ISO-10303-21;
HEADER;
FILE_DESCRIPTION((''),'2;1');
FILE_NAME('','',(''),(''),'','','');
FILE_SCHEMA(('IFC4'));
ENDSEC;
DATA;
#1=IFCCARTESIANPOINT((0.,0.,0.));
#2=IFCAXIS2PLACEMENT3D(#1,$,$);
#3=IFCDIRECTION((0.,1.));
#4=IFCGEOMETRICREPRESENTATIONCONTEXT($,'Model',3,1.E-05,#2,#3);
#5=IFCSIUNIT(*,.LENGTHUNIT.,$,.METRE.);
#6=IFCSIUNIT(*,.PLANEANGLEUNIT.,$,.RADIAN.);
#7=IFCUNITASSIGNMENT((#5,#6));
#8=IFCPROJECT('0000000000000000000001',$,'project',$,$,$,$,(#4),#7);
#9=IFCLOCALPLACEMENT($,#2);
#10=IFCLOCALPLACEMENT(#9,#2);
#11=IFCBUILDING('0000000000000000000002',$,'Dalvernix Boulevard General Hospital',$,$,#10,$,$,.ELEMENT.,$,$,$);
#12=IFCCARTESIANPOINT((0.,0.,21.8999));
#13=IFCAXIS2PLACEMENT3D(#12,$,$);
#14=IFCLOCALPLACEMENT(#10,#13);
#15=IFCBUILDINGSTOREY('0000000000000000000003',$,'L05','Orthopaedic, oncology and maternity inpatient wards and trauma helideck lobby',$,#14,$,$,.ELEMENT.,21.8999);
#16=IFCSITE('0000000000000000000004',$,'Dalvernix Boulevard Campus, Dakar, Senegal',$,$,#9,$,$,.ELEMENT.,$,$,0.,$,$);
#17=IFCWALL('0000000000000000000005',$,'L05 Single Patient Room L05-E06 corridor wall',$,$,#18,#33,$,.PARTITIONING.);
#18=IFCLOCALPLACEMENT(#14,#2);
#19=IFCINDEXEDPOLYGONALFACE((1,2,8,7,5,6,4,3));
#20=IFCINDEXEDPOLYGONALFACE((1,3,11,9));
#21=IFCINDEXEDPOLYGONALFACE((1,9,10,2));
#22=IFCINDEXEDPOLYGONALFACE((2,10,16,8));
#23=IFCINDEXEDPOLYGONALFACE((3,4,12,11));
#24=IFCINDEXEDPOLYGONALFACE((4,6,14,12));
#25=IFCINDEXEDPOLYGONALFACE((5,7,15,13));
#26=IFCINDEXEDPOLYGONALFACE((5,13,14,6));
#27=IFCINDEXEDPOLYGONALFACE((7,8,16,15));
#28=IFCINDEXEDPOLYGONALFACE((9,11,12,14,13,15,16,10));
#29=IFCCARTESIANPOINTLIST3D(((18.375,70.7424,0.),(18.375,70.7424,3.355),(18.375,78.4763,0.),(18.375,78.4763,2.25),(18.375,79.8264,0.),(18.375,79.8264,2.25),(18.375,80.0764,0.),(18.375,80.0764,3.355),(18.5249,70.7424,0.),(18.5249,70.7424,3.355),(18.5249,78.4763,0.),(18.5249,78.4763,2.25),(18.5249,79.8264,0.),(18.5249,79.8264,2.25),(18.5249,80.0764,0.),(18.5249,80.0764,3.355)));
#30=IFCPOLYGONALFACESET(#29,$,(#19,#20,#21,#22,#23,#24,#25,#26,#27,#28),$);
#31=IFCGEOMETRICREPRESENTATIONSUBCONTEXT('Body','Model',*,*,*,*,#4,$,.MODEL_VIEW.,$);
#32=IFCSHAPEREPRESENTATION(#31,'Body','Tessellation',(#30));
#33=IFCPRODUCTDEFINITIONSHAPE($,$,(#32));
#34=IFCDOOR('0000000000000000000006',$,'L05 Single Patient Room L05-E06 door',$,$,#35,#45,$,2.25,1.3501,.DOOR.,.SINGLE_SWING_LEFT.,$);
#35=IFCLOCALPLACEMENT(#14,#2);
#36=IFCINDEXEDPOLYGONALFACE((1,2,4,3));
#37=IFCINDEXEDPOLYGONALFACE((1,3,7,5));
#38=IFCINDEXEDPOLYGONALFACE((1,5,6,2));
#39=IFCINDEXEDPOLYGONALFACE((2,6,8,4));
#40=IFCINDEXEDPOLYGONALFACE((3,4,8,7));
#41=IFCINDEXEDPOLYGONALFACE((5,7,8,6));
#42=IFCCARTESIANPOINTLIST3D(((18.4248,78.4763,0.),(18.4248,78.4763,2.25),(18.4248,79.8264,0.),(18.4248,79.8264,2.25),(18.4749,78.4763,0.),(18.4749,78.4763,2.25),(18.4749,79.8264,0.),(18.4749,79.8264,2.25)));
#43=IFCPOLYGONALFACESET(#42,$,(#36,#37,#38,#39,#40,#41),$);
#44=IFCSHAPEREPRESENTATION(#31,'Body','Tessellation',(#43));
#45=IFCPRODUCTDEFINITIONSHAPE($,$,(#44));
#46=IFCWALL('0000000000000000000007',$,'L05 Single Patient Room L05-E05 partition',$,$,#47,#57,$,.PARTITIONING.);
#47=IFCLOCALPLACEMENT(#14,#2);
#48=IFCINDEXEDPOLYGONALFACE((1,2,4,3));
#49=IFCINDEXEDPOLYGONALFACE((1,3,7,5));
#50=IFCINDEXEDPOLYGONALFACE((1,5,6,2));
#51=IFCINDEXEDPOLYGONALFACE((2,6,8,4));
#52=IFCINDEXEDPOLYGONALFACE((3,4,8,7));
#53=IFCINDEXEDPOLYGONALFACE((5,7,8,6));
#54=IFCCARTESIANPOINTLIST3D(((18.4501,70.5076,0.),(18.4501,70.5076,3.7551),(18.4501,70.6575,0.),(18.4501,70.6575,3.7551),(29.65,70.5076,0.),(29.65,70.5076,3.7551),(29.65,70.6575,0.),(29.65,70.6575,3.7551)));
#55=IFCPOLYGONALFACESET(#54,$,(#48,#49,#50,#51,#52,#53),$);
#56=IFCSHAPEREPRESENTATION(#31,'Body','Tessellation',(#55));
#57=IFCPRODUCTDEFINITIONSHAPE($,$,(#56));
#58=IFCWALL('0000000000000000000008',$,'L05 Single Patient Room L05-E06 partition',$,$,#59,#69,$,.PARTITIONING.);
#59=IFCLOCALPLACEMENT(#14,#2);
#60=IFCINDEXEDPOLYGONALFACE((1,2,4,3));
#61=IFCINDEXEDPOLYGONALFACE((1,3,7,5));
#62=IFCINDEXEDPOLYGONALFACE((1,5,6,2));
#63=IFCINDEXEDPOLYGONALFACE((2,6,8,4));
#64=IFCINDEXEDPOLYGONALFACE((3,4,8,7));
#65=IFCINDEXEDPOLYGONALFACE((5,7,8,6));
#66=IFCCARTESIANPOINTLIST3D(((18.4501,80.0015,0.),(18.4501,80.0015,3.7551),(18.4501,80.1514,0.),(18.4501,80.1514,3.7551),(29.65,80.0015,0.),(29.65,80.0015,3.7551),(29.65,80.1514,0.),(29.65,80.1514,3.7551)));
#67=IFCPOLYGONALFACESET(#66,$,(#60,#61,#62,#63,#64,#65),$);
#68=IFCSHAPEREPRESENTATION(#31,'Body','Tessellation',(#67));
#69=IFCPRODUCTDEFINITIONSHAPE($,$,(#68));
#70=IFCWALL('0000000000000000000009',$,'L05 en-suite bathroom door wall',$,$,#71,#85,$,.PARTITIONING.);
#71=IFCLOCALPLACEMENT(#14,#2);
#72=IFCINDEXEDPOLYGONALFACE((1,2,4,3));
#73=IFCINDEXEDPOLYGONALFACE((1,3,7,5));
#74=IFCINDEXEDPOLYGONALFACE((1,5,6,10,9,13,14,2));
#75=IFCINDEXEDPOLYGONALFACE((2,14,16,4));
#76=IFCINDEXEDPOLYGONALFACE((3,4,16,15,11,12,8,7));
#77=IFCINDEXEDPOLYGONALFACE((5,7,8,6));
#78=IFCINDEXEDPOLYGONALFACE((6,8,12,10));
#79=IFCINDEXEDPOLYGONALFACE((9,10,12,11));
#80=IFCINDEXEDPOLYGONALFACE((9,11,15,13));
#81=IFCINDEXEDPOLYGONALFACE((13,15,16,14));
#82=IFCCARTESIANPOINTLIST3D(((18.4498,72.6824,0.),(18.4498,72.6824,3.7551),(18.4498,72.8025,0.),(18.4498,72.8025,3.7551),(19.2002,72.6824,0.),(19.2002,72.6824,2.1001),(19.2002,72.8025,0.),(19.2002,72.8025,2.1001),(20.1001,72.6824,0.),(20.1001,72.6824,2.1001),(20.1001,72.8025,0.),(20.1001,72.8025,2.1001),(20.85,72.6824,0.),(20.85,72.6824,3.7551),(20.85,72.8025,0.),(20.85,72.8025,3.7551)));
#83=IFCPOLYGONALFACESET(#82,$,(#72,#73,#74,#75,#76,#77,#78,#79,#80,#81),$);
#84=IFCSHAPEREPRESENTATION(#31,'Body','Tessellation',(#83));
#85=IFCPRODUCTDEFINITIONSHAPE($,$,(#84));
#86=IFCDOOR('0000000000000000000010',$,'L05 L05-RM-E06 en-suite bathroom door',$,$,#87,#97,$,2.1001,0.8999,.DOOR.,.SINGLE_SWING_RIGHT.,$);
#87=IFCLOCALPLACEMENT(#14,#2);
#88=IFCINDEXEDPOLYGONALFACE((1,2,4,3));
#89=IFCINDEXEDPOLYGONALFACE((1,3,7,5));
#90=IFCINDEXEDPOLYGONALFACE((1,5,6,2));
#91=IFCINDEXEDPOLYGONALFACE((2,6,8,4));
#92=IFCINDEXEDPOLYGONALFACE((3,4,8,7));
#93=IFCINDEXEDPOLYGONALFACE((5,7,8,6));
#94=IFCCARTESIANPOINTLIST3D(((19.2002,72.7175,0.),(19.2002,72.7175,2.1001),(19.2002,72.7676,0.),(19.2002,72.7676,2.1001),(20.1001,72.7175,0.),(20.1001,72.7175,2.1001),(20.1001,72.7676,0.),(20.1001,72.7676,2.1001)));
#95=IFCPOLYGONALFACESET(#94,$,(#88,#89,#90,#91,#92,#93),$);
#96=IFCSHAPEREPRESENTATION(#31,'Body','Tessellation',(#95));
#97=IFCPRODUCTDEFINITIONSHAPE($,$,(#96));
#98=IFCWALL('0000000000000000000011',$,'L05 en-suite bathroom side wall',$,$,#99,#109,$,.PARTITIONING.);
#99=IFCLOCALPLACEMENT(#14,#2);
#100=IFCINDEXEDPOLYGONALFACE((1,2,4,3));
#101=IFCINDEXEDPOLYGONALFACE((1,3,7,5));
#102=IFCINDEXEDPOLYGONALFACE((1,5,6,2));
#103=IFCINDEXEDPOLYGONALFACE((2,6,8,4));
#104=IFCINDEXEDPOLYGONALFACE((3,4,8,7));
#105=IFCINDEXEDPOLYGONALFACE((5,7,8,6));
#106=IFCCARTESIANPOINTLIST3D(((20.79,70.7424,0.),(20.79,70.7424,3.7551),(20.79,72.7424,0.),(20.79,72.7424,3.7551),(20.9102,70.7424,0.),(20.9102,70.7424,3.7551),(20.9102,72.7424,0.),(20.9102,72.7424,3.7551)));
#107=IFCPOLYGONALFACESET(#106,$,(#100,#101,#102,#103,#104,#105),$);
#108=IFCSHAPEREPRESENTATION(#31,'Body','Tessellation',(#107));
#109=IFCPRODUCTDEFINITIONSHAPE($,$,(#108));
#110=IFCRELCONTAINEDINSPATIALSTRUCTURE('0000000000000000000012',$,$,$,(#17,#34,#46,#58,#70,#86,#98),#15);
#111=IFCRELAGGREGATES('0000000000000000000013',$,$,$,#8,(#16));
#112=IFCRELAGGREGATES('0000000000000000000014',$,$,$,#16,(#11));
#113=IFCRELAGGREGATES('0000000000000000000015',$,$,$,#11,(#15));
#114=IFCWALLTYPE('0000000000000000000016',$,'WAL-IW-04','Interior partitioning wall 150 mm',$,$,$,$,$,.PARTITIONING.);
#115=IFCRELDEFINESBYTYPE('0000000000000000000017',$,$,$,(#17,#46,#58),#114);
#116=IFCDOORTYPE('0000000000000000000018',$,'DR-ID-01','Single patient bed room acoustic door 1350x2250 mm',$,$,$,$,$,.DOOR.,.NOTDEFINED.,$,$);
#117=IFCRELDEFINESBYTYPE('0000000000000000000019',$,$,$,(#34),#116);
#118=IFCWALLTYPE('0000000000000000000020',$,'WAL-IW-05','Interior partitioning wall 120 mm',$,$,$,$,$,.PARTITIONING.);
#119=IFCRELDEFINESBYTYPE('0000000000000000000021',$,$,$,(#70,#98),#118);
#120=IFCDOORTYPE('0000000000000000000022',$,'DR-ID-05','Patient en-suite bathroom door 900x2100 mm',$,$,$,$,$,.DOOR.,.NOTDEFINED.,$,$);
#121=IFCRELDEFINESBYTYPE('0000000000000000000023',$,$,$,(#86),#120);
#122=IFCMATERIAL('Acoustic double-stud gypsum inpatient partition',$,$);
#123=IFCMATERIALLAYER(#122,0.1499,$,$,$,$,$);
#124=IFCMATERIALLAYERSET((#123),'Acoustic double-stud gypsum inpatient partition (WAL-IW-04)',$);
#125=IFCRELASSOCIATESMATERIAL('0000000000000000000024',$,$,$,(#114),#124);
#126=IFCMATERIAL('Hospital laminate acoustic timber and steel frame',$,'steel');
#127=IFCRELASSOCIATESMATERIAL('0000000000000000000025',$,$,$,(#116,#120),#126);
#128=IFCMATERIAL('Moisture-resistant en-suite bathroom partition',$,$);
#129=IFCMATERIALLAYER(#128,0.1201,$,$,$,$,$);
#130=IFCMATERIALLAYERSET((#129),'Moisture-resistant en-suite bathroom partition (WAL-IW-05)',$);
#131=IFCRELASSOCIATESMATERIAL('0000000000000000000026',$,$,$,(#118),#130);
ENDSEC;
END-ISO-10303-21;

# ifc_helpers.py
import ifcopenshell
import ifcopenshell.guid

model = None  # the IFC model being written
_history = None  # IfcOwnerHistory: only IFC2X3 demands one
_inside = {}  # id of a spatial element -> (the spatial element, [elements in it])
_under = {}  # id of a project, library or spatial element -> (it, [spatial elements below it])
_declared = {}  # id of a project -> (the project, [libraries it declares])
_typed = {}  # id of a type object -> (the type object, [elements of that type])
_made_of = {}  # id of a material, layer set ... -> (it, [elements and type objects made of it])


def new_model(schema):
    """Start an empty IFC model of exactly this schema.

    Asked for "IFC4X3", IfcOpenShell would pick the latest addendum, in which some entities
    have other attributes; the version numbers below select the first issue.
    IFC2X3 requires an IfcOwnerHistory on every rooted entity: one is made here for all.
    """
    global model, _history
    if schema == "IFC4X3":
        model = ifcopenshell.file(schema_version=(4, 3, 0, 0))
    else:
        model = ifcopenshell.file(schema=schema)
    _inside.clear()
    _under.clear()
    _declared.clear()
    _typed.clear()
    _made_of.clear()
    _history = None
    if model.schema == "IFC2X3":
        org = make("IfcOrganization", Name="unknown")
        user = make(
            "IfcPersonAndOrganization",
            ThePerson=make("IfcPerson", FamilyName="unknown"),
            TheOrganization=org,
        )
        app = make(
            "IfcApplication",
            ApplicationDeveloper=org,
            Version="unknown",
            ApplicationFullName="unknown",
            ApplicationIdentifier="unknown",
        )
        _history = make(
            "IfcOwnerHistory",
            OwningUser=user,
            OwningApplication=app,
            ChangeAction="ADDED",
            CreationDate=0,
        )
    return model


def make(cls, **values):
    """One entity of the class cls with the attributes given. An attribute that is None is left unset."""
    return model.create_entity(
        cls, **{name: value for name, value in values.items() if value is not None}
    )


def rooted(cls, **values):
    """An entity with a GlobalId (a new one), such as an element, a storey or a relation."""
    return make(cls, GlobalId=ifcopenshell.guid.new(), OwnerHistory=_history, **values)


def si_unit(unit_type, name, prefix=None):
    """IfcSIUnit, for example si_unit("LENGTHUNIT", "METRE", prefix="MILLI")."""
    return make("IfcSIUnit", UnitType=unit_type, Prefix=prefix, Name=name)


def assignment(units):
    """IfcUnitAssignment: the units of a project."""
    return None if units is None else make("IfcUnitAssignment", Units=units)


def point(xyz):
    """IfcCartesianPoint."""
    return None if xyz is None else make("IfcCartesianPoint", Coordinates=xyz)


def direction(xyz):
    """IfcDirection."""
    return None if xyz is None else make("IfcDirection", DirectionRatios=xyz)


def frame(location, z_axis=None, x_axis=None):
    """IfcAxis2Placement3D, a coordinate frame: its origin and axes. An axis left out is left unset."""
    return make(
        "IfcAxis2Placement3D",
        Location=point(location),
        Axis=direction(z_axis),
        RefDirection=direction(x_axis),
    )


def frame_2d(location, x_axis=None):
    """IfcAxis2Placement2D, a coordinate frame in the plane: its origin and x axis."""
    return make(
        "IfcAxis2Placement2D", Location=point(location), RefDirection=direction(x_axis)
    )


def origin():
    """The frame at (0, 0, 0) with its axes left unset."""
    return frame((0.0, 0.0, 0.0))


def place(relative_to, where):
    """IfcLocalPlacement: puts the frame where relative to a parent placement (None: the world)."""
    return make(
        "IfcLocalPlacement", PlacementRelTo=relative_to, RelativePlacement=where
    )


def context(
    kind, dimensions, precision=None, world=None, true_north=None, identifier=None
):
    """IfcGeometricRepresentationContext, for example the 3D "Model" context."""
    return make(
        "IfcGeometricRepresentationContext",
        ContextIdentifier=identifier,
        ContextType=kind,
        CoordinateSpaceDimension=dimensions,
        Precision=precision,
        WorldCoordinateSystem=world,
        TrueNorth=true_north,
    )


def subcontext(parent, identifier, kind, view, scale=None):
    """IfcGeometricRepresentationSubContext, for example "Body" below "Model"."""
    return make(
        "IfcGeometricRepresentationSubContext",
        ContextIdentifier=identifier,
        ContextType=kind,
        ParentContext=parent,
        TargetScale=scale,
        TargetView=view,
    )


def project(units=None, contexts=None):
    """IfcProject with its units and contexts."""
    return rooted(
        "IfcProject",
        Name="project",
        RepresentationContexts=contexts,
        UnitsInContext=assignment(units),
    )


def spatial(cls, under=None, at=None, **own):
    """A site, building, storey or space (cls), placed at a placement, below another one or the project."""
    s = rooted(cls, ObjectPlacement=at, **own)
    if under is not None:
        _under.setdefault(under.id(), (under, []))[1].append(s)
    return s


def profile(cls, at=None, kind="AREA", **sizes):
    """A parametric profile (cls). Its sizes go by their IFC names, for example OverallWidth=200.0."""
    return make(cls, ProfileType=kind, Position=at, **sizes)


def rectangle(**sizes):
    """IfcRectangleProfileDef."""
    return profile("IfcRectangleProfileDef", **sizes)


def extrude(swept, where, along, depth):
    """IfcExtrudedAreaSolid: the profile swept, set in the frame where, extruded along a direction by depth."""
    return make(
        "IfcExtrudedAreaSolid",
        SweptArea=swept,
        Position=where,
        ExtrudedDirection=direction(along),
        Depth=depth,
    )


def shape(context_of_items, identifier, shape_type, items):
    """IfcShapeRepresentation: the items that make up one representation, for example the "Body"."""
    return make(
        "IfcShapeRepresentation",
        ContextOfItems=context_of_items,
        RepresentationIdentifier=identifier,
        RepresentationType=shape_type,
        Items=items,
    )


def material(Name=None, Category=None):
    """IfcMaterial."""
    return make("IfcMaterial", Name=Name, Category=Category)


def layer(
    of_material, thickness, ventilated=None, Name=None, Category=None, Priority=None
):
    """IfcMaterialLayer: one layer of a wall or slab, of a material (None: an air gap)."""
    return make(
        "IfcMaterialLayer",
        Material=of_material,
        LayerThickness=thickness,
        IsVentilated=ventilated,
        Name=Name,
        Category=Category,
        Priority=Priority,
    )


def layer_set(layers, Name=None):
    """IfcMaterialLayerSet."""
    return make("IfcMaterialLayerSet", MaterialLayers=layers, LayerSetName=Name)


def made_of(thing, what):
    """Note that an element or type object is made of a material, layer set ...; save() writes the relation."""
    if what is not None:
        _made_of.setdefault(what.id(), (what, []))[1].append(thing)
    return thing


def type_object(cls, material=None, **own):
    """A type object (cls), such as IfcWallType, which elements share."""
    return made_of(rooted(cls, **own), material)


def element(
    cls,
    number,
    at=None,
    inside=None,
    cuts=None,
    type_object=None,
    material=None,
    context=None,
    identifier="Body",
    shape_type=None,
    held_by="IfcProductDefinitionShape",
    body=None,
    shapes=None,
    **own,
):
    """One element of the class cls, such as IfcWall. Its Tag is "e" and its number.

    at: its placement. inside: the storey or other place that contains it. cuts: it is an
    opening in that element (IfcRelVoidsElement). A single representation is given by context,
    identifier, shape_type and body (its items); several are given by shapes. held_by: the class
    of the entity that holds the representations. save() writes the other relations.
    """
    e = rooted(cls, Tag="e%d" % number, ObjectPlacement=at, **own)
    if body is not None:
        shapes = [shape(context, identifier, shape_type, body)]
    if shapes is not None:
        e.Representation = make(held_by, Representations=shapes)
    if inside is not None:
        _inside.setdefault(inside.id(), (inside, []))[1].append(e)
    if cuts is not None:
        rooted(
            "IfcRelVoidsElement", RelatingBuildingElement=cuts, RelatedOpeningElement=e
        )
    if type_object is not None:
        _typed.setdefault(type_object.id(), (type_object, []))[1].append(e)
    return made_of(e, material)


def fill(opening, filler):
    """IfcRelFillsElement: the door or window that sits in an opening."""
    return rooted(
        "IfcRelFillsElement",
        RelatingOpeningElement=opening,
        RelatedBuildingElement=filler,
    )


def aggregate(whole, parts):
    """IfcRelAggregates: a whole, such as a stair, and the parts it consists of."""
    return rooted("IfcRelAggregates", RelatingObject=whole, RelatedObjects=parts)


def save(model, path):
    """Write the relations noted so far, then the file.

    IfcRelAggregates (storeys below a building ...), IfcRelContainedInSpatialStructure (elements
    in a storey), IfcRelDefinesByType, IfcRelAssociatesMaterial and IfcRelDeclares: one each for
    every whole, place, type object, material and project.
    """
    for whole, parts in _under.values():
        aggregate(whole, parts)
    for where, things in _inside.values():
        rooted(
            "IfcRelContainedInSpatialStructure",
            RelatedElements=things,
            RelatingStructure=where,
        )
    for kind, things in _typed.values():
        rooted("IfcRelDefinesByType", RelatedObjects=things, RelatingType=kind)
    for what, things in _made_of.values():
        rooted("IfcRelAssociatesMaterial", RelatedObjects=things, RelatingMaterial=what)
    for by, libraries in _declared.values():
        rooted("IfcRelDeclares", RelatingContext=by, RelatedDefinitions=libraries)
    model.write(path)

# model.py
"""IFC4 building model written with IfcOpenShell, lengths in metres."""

from ifc_helpers import new_model, si_unit, direction, frame, frame_2d, origin, place, context, subcontext, project, spatial, rectangle, extrude, material, layer, layer_set, type_object, element, fill, save


model = new_model("IFC4")

# Units and contexts
model_context = context("Model", 3, precision=1e-05, world=origin(), true_north=direction((0.0, 1.0)))
body_context = subcontext(model_context, "Body", "Model", "MODEL_VIEW")
ifc_project = project(units=[si_unit("LENGTHUNIT", "METRE"), si_unit("PLANEANGLEUNIT", "RADIAN")], contexts=[model_context])

# Site, building, storey
site_placement = place(None, origin())
site = spatial("IfcSite", under=ifc_project, at=site_placement, Name="Dalvernix Boulevard Campus, Dakar, Senegal", CompositionType="ELEMENT", RefElevation=0.0)
building_placement = place(site_placement, origin())
building = spatial("IfcBuilding", under=site, at=building_placement, Name="Dalvernix Boulevard General Hospital", CompositionType="ELEMENT")
storey_placement = place(building_placement, frame((0.0, 0.0, 21.8999)))
storey = spatial("IfcBuildingStorey", under=building, at=storey_placement, Name="L05", Description="Orthopaedic, oncology and maternity inpatient wards and trauma helideck lobby", CompositionType="ELEMENT", Elevation=21.8999)

# Wall, opening, door
ifc_material_1 = material(Name="Acoustic double-stud gypsum inpatient partition")
ifc_layer_1 = layer(ifc_material_1, 0.1499)
ifc_layer_set_1 = layer_set([ifc_layer_1], Name="Acoustic double-stud gypsum inpatient partition (WAL-IW-04)")
wall_type_1 = type_object("IfcWallType", Name="WAL-IW-04", Description="Interior partitioning wall 150 mm", PredefinedType="PARTITIONING", material=ifc_layer_set_1)
ifc_material_2 = material(Name="Hospital laminate acoustic timber and steel frame", Category="steel")
door_type_1 = type_object("IfcDoorType", Name="DR-ID-01", Description="Single patient bed room acoustic door 1350x2250 mm", OperationType="NOTDEFINED", PredefinedType="DOOR", material=ifc_material_2)
wall_1_placement = place(storey_placement, frame((18.45, 80.0764, 0.0), z_axis=(0.0, 0.0, 1.0), x_axis=(0.0, -1.0, 0.0)))
wall_1 = element("IfcWall", 1, at=wall_1_placement, inside=storey, type_object=wall_type_1, Name="L05 Single Patient Room L05-E06 corridor wall", PredefinedType="PARTITIONING", context=body_context, shape_type="SweptSolid", body=[
    extrude(rectangle(XDim=9.334, YDim=0.1499, at=frame_2d((4.667, 0.0))), origin(), (0.0, 0.0, 1.0), 3.355),
])
opening_1_placement = place(wall_1_placement, frame((0.25, 0.0, 0.0)))
opening_1 = element("IfcOpeningElement", 2, at=opening_1_placement, cuts=wall_1, PredefinedType="OPENING", context=body_context, shape_type="SweptSolid", body=[
    extrude(rectangle(XDim=1.3501, YDim=2.25, at=frame_2d((0.675, 1.125))), frame((0.0, 0.085, 0.0), z_axis=(0.0, -1.0, 0.0), x_axis=(1.0, 0.0, 0.0)), (0.0, 0.0, 1.0), 0.1699),
])
door_1_placement = place(opening_1_placement, origin())
door_1 = element("IfcDoor", 3, at=door_1_placement, inside=storey, type_object=door_type_1, Name="L05 Single Patient Room L05-E06 door", OperationType="SINGLE_SWING_LEFT", OverallHeight=2.25, OverallWidth=1.3501, PredefinedType="DOOR", context=body_context, shape_type="SweptSolid", body=[
    extrude(rectangle(XDim=1.3501, YDim=2.25, at=frame_2d((0.675, 1.125))), frame((0.0, 0.0249, 0.0), z_axis=(0.0, -1.0, 0.0), x_axis=(1.0, 0.0, 0.0)), (0.0, 0.0, 1.0), 0.05),
])
fill(opening_1, door_1)

# Walls
for number, where, z_axis, x_axis, name in (
    (4, (18.45, 70.5825, 0.0), (0.0, 0.0, 1.0), (1.0, 0.0, 0.0), "L05 Single Patient Room L05-E05 partition"),
    (5, (18.45, 80.0764, 0.0), (0.0, 0.0, 1.0), (1.0, 0.0, 0.0), "L05 Single Patient Room L05-E06 partition"),
):
    element("IfcWall", number, at=place(storey_placement, frame(where, z_axis=z_axis, x_axis=x_axis)), inside=storey, type_object=wall_type_1, Name=name, PredefinedType="PARTITIONING", context=body_context, shape_type="SweptSolid", body=[
        extrude(rectangle(XDim=11.2, YDim=0.1499, at=frame_2d((5.6001, 0.0))), origin(), (0.0, 0.0, 1.0), 3.7551),
    ])

# Wall, opening, door
ifc_material_3 = material(Name="Moisture-resistant en-suite bathroom partition")
ifc_layer_2 = layer(ifc_material_3, 0.1201)
ifc_layer_set_2 = layer_set([ifc_layer_2], Name="Moisture-resistant en-suite bathroom partition (WAL-IW-05)")
wall_type_2 = type_object("IfcWallType", Name="WAL-IW-05", Description="Interior partitioning wall 120 mm", PredefinedType="PARTITIONING", material=ifc_layer_set_2)
wall_2_placement = place(storey_placement, frame((20.8501, 72.7424, 0.0), z_axis=(0.0, 0.0, 1.0), x_axis=(-1.0, 0.0, 0.0)))
wall_2 = element("IfcWall", 6, at=wall_2_placement, inside=storey, type_object=wall_type_2, Name="L05 en-suite bathroom door wall", PredefinedType="PARTITIONING", context=body_context, shape_type="SweptSolid", body=[
    extrude(rectangle(XDim=2.4001, YDim=0.1201, at=frame_2d((1.2002, 0.0))), origin(), (0.0, 0.0, 1.0), 3.7551),
])
opening_2_placement = place(wall_2_placement, frame((0.75, 0.0, 0.0)))
opening_2 = element("IfcOpeningElement", 7, at=opening_2_placement, cuts=wall_2, PredefinedType="OPENING", context=body_context, shape_type="SweptSolid", body=[
    extrude(rectangle(XDim=0.8999, YDim=2.1001, at=frame_2d((0.45, 1.05))), frame((0.0, 0.0701, 0.0), z_axis=(0.0, -1.0, 0.0), x_axis=(1.0, 0.0, 0.0)), (0.0, 0.0, 1.0), 0.1401),
])
door_type_2 = type_object("IfcDoorType", Name="DR-ID-05", Description="Patient en-suite bathroom door 900x2100 mm", OperationType="NOTDEFINED", PredefinedType="DOOR", material=ifc_material_2)
door_2_placement = place(opening_2_placement, origin())
door_2 = element("IfcDoor", 8, at=door_2_placement, inside=storey, type_object=door_type_2, Name="L05 L05-RM-E06 en-suite bathroom door", OperationType="SINGLE_SWING_RIGHT", OverallHeight=2.1001, OverallWidth=0.8999, PredefinedType="DOOR", context=body_context, shape_type="SweptSolid", body=[
    extrude(rectangle(XDim=0.8999, YDim=2.1001, at=frame_2d((0.45, 1.05))), frame((0.0, 0.0249, 0.0), z_axis=(0.0, -1.0, 0.0), x_axis=(1.0, 0.0, 0.0)), (0.0, 0.0, 1.0), 0.05),
])
fill(opening_2, door_2)

# Wall
wall_3_placement = place(storey_placement, frame((20.8501, 70.7424, 0.0), z_axis=(0.0, 0.0, 1.0), x_axis=(0.0, 1.0, 0.0)))
element("IfcWall", 9, at=wall_3_placement, inside=storey, type_object=wall_type_2, Name="L05 en-suite bathroom side wall", PredefinedType="PARTITIONING", context=body_context, shape_type="SweptSolid", body=[
    extrude(rectangle(XDim=2.0, YDim=0.1201, at=frame_2d((1.0, 0.0))), origin(), (0.0, 0.0, 1.0), 3.7551),
])

save(model, "model.ifc")
